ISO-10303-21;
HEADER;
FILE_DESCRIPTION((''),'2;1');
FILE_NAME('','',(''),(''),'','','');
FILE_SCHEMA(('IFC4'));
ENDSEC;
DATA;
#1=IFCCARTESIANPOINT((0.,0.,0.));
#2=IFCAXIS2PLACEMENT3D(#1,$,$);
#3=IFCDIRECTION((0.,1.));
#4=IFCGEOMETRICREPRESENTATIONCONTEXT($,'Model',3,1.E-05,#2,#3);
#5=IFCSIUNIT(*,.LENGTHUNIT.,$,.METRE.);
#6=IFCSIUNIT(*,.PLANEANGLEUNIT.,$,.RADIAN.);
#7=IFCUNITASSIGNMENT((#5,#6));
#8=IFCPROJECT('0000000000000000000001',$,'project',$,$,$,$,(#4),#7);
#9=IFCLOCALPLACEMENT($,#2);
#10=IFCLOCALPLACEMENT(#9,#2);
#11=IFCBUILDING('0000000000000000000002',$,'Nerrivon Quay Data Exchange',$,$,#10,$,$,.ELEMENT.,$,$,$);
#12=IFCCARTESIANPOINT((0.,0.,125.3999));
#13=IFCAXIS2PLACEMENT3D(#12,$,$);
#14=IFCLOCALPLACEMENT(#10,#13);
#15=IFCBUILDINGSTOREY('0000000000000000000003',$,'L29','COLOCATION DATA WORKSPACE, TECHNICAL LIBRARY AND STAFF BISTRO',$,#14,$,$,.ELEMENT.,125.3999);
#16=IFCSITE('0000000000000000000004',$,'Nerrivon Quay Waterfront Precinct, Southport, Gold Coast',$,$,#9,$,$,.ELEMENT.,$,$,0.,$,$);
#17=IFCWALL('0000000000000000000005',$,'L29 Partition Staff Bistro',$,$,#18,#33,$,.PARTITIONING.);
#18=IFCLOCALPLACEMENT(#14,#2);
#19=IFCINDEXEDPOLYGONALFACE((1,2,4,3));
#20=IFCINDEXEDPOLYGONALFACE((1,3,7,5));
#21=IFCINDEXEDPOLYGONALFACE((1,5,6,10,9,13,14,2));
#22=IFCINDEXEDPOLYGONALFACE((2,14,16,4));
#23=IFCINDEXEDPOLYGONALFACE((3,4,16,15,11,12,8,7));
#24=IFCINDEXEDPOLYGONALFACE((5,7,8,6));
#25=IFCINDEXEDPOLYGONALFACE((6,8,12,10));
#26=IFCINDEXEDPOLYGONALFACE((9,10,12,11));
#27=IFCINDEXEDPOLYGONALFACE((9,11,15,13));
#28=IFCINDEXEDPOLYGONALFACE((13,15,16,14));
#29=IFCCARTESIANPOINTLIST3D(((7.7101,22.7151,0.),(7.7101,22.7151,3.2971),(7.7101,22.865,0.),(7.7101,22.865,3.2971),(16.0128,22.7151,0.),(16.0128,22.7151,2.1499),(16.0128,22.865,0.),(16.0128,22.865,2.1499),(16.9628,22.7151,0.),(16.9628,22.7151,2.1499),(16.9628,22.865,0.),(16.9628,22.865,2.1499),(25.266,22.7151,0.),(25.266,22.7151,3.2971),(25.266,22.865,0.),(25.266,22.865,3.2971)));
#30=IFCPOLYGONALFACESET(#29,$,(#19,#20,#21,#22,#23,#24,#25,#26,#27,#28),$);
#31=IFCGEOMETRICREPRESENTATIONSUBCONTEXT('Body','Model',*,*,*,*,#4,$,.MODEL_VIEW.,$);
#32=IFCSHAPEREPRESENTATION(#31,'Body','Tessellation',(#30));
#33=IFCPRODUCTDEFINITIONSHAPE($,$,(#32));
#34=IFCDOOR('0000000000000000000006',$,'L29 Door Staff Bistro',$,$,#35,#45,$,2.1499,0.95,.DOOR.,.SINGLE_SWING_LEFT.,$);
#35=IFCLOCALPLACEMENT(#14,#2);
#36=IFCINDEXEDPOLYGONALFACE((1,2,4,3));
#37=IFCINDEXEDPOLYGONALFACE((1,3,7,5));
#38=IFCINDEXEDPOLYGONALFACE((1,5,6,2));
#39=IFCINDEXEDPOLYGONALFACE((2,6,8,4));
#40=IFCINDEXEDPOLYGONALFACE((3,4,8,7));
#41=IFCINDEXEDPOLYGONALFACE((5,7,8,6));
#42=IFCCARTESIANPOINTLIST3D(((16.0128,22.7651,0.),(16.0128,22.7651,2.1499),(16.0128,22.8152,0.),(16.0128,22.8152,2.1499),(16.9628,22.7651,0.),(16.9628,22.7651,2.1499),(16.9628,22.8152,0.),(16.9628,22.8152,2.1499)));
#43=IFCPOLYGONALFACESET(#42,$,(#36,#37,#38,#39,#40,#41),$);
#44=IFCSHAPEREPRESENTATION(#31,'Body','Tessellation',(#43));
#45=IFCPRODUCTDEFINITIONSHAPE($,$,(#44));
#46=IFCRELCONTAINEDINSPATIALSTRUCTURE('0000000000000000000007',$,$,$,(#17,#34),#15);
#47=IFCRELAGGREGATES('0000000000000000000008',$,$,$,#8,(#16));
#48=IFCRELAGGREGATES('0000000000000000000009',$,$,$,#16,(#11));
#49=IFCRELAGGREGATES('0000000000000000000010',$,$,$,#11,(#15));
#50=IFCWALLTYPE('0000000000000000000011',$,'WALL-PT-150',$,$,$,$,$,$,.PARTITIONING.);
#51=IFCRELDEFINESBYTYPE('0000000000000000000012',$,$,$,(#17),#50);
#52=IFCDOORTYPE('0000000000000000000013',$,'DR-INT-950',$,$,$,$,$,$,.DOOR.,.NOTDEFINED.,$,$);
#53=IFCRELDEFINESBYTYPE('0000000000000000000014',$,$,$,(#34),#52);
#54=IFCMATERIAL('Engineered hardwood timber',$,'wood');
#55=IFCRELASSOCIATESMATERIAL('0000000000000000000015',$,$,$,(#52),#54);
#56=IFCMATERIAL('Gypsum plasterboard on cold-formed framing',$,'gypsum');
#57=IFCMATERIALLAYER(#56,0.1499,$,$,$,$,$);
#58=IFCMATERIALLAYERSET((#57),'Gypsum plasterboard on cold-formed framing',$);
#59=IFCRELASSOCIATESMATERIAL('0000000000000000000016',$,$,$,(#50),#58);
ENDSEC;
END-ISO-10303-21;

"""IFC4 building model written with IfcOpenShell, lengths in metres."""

from ifc_helpers import new_model, si_unit, direction, frame, frame_2d, origin, place, context, subcontext, project, spatial, rectangle, extrude, material, layer, layer_set, type_object, element, fill, save


model = new_model("IFC4")

# Units and contexts
model_context = context("Model", 3, precision=1e-05, world=origin(), true_north=direction((0.0, 1.0)))
body_context = subcontext(model_context, "Body", "Model", "MODEL_VIEW")
ifc_project = project(units=[si_unit("LENGTHUNIT", "METRE"), si_unit("PLANEANGLEUNIT", "RADIAN")], contexts=[model_context])

# Site, building, storey
site_placement = place(None, origin())
site = spatial("IfcSite", under=ifc_project, at=site_placement, Name="Nerrivon Quay Waterfront Precinct, Southport, Gold Coast", CompositionType="ELEMENT", RefElevation=0.0)
building_placement = place(site_placement, origin())
building = spatial("IfcBuilding", under=site, at=building_placement, Name="Nerrivon Quay Data Exchange", CompositionType="ELEMENT")
storey_placement = place(building_placement, frame((0.0, 0.0, 125.3999)))
storey = spatial("IfcBuildingStorey", under=building, at=storey_placement, Name="L29", Description="COLOCATION DATA WORKSPACE, TECHNICAL LIBRARY AND STAFF BISTRO", CompositionType="ELEMENT", Elevation=125.3999)

# Shared definitions
ifc_material_1 = material(Name="Gypsum plasterboard on cold-formed framing", Category="gypsum")

# Shared definitions
ifc_material_2 = material(Name="Engineered hardwood timber", Category="wood")
door_type = type_object("IfcDoorType", Name="DR-INT-950", OperationType="NOTDEFINED", PredefinedType="DOOR", material=ifc_material_2)

# Shared definitions
ifc_layer_1 = layer(ifc_material_1, 0.1499)
ifc_layer_set_1 = layer_set([ifc_layer_1], Name="Gypsum plasterboard on cold-formed framing")
wall_type_1 = type_object("IfcWallType", Name="WALL-PT-150", PredefinedType="PARTITIONING", material=ifc_layer_set_1)

# Wall, opening, door
wall_1_placement = place(storey_placement, frame((25.2659, 22.79, 0.0), z_axis=(0.0, 0.0, 1.0), x_axis=(-1.0, 0.0, 0.0)))
wall_1 = element("IfcWall", 1, at=wall_1_placement, inside=storey, type_object=wall_type_1, Name="L29 Partition Staff Bistro", PredefinedType="PARTITIONING", context=body_context, shape_type="SweptSolid", body=[
    extrude(rectangle(XDim=17.5559, YDim=0.1499, at=frame_2d((8.7778, 0.0))), origin(), (0.0, 0.0, 1.0), 3.2971),
])
opening_1_placement = place(wall_1_placement, frame((8.303, 0.0, 0.0)))
opening_1 = element("IfcOpeningElement", 2, at=opening_1_placement, cuts=wall_1, PredefinedType="OPENING", context=body_context, shape_type="SweptSolid", body=[
    extrude(rectangle(XDim=0.95, YDim=2.1499, at=frame_2d((0.4751, 1.075))), frame((0.0, 0.085, 0.0), z_axis=(0.0, -1.0, 0.0), x_axis=(1.0, 0.0, 0.0)), (0.0, 0.0, 1.0), 0.1699),
])
door_1_placement = place(opening_1_placement, origin())
door_1 = element("IfcDoor", 3, at=door_1_placement, inside=storey, type_object=door_type, Name="L29 Door Staff Bistro", OperationType="SINGLE_SWING_LEFT", OverallHeight=2.1499, OverallWidth=0.95, PredefinedType="DOOR", context=body_context, shape_type="SweptSolid", body=[
    extrude(rectangle(XDim=0.95, YDim=2.1499, at=frame_2d((0.4751, 1.075))), frame((0.0, 0.0249, 0.0), z_axis=(0.0, -1.0, 0.0), x_axis=(1.0, 0.0, 0.0)), (0.0, 0.0, 1.0), 0.05),
])
fill(opening_1, door_1)

save(model, "model.ifc")
